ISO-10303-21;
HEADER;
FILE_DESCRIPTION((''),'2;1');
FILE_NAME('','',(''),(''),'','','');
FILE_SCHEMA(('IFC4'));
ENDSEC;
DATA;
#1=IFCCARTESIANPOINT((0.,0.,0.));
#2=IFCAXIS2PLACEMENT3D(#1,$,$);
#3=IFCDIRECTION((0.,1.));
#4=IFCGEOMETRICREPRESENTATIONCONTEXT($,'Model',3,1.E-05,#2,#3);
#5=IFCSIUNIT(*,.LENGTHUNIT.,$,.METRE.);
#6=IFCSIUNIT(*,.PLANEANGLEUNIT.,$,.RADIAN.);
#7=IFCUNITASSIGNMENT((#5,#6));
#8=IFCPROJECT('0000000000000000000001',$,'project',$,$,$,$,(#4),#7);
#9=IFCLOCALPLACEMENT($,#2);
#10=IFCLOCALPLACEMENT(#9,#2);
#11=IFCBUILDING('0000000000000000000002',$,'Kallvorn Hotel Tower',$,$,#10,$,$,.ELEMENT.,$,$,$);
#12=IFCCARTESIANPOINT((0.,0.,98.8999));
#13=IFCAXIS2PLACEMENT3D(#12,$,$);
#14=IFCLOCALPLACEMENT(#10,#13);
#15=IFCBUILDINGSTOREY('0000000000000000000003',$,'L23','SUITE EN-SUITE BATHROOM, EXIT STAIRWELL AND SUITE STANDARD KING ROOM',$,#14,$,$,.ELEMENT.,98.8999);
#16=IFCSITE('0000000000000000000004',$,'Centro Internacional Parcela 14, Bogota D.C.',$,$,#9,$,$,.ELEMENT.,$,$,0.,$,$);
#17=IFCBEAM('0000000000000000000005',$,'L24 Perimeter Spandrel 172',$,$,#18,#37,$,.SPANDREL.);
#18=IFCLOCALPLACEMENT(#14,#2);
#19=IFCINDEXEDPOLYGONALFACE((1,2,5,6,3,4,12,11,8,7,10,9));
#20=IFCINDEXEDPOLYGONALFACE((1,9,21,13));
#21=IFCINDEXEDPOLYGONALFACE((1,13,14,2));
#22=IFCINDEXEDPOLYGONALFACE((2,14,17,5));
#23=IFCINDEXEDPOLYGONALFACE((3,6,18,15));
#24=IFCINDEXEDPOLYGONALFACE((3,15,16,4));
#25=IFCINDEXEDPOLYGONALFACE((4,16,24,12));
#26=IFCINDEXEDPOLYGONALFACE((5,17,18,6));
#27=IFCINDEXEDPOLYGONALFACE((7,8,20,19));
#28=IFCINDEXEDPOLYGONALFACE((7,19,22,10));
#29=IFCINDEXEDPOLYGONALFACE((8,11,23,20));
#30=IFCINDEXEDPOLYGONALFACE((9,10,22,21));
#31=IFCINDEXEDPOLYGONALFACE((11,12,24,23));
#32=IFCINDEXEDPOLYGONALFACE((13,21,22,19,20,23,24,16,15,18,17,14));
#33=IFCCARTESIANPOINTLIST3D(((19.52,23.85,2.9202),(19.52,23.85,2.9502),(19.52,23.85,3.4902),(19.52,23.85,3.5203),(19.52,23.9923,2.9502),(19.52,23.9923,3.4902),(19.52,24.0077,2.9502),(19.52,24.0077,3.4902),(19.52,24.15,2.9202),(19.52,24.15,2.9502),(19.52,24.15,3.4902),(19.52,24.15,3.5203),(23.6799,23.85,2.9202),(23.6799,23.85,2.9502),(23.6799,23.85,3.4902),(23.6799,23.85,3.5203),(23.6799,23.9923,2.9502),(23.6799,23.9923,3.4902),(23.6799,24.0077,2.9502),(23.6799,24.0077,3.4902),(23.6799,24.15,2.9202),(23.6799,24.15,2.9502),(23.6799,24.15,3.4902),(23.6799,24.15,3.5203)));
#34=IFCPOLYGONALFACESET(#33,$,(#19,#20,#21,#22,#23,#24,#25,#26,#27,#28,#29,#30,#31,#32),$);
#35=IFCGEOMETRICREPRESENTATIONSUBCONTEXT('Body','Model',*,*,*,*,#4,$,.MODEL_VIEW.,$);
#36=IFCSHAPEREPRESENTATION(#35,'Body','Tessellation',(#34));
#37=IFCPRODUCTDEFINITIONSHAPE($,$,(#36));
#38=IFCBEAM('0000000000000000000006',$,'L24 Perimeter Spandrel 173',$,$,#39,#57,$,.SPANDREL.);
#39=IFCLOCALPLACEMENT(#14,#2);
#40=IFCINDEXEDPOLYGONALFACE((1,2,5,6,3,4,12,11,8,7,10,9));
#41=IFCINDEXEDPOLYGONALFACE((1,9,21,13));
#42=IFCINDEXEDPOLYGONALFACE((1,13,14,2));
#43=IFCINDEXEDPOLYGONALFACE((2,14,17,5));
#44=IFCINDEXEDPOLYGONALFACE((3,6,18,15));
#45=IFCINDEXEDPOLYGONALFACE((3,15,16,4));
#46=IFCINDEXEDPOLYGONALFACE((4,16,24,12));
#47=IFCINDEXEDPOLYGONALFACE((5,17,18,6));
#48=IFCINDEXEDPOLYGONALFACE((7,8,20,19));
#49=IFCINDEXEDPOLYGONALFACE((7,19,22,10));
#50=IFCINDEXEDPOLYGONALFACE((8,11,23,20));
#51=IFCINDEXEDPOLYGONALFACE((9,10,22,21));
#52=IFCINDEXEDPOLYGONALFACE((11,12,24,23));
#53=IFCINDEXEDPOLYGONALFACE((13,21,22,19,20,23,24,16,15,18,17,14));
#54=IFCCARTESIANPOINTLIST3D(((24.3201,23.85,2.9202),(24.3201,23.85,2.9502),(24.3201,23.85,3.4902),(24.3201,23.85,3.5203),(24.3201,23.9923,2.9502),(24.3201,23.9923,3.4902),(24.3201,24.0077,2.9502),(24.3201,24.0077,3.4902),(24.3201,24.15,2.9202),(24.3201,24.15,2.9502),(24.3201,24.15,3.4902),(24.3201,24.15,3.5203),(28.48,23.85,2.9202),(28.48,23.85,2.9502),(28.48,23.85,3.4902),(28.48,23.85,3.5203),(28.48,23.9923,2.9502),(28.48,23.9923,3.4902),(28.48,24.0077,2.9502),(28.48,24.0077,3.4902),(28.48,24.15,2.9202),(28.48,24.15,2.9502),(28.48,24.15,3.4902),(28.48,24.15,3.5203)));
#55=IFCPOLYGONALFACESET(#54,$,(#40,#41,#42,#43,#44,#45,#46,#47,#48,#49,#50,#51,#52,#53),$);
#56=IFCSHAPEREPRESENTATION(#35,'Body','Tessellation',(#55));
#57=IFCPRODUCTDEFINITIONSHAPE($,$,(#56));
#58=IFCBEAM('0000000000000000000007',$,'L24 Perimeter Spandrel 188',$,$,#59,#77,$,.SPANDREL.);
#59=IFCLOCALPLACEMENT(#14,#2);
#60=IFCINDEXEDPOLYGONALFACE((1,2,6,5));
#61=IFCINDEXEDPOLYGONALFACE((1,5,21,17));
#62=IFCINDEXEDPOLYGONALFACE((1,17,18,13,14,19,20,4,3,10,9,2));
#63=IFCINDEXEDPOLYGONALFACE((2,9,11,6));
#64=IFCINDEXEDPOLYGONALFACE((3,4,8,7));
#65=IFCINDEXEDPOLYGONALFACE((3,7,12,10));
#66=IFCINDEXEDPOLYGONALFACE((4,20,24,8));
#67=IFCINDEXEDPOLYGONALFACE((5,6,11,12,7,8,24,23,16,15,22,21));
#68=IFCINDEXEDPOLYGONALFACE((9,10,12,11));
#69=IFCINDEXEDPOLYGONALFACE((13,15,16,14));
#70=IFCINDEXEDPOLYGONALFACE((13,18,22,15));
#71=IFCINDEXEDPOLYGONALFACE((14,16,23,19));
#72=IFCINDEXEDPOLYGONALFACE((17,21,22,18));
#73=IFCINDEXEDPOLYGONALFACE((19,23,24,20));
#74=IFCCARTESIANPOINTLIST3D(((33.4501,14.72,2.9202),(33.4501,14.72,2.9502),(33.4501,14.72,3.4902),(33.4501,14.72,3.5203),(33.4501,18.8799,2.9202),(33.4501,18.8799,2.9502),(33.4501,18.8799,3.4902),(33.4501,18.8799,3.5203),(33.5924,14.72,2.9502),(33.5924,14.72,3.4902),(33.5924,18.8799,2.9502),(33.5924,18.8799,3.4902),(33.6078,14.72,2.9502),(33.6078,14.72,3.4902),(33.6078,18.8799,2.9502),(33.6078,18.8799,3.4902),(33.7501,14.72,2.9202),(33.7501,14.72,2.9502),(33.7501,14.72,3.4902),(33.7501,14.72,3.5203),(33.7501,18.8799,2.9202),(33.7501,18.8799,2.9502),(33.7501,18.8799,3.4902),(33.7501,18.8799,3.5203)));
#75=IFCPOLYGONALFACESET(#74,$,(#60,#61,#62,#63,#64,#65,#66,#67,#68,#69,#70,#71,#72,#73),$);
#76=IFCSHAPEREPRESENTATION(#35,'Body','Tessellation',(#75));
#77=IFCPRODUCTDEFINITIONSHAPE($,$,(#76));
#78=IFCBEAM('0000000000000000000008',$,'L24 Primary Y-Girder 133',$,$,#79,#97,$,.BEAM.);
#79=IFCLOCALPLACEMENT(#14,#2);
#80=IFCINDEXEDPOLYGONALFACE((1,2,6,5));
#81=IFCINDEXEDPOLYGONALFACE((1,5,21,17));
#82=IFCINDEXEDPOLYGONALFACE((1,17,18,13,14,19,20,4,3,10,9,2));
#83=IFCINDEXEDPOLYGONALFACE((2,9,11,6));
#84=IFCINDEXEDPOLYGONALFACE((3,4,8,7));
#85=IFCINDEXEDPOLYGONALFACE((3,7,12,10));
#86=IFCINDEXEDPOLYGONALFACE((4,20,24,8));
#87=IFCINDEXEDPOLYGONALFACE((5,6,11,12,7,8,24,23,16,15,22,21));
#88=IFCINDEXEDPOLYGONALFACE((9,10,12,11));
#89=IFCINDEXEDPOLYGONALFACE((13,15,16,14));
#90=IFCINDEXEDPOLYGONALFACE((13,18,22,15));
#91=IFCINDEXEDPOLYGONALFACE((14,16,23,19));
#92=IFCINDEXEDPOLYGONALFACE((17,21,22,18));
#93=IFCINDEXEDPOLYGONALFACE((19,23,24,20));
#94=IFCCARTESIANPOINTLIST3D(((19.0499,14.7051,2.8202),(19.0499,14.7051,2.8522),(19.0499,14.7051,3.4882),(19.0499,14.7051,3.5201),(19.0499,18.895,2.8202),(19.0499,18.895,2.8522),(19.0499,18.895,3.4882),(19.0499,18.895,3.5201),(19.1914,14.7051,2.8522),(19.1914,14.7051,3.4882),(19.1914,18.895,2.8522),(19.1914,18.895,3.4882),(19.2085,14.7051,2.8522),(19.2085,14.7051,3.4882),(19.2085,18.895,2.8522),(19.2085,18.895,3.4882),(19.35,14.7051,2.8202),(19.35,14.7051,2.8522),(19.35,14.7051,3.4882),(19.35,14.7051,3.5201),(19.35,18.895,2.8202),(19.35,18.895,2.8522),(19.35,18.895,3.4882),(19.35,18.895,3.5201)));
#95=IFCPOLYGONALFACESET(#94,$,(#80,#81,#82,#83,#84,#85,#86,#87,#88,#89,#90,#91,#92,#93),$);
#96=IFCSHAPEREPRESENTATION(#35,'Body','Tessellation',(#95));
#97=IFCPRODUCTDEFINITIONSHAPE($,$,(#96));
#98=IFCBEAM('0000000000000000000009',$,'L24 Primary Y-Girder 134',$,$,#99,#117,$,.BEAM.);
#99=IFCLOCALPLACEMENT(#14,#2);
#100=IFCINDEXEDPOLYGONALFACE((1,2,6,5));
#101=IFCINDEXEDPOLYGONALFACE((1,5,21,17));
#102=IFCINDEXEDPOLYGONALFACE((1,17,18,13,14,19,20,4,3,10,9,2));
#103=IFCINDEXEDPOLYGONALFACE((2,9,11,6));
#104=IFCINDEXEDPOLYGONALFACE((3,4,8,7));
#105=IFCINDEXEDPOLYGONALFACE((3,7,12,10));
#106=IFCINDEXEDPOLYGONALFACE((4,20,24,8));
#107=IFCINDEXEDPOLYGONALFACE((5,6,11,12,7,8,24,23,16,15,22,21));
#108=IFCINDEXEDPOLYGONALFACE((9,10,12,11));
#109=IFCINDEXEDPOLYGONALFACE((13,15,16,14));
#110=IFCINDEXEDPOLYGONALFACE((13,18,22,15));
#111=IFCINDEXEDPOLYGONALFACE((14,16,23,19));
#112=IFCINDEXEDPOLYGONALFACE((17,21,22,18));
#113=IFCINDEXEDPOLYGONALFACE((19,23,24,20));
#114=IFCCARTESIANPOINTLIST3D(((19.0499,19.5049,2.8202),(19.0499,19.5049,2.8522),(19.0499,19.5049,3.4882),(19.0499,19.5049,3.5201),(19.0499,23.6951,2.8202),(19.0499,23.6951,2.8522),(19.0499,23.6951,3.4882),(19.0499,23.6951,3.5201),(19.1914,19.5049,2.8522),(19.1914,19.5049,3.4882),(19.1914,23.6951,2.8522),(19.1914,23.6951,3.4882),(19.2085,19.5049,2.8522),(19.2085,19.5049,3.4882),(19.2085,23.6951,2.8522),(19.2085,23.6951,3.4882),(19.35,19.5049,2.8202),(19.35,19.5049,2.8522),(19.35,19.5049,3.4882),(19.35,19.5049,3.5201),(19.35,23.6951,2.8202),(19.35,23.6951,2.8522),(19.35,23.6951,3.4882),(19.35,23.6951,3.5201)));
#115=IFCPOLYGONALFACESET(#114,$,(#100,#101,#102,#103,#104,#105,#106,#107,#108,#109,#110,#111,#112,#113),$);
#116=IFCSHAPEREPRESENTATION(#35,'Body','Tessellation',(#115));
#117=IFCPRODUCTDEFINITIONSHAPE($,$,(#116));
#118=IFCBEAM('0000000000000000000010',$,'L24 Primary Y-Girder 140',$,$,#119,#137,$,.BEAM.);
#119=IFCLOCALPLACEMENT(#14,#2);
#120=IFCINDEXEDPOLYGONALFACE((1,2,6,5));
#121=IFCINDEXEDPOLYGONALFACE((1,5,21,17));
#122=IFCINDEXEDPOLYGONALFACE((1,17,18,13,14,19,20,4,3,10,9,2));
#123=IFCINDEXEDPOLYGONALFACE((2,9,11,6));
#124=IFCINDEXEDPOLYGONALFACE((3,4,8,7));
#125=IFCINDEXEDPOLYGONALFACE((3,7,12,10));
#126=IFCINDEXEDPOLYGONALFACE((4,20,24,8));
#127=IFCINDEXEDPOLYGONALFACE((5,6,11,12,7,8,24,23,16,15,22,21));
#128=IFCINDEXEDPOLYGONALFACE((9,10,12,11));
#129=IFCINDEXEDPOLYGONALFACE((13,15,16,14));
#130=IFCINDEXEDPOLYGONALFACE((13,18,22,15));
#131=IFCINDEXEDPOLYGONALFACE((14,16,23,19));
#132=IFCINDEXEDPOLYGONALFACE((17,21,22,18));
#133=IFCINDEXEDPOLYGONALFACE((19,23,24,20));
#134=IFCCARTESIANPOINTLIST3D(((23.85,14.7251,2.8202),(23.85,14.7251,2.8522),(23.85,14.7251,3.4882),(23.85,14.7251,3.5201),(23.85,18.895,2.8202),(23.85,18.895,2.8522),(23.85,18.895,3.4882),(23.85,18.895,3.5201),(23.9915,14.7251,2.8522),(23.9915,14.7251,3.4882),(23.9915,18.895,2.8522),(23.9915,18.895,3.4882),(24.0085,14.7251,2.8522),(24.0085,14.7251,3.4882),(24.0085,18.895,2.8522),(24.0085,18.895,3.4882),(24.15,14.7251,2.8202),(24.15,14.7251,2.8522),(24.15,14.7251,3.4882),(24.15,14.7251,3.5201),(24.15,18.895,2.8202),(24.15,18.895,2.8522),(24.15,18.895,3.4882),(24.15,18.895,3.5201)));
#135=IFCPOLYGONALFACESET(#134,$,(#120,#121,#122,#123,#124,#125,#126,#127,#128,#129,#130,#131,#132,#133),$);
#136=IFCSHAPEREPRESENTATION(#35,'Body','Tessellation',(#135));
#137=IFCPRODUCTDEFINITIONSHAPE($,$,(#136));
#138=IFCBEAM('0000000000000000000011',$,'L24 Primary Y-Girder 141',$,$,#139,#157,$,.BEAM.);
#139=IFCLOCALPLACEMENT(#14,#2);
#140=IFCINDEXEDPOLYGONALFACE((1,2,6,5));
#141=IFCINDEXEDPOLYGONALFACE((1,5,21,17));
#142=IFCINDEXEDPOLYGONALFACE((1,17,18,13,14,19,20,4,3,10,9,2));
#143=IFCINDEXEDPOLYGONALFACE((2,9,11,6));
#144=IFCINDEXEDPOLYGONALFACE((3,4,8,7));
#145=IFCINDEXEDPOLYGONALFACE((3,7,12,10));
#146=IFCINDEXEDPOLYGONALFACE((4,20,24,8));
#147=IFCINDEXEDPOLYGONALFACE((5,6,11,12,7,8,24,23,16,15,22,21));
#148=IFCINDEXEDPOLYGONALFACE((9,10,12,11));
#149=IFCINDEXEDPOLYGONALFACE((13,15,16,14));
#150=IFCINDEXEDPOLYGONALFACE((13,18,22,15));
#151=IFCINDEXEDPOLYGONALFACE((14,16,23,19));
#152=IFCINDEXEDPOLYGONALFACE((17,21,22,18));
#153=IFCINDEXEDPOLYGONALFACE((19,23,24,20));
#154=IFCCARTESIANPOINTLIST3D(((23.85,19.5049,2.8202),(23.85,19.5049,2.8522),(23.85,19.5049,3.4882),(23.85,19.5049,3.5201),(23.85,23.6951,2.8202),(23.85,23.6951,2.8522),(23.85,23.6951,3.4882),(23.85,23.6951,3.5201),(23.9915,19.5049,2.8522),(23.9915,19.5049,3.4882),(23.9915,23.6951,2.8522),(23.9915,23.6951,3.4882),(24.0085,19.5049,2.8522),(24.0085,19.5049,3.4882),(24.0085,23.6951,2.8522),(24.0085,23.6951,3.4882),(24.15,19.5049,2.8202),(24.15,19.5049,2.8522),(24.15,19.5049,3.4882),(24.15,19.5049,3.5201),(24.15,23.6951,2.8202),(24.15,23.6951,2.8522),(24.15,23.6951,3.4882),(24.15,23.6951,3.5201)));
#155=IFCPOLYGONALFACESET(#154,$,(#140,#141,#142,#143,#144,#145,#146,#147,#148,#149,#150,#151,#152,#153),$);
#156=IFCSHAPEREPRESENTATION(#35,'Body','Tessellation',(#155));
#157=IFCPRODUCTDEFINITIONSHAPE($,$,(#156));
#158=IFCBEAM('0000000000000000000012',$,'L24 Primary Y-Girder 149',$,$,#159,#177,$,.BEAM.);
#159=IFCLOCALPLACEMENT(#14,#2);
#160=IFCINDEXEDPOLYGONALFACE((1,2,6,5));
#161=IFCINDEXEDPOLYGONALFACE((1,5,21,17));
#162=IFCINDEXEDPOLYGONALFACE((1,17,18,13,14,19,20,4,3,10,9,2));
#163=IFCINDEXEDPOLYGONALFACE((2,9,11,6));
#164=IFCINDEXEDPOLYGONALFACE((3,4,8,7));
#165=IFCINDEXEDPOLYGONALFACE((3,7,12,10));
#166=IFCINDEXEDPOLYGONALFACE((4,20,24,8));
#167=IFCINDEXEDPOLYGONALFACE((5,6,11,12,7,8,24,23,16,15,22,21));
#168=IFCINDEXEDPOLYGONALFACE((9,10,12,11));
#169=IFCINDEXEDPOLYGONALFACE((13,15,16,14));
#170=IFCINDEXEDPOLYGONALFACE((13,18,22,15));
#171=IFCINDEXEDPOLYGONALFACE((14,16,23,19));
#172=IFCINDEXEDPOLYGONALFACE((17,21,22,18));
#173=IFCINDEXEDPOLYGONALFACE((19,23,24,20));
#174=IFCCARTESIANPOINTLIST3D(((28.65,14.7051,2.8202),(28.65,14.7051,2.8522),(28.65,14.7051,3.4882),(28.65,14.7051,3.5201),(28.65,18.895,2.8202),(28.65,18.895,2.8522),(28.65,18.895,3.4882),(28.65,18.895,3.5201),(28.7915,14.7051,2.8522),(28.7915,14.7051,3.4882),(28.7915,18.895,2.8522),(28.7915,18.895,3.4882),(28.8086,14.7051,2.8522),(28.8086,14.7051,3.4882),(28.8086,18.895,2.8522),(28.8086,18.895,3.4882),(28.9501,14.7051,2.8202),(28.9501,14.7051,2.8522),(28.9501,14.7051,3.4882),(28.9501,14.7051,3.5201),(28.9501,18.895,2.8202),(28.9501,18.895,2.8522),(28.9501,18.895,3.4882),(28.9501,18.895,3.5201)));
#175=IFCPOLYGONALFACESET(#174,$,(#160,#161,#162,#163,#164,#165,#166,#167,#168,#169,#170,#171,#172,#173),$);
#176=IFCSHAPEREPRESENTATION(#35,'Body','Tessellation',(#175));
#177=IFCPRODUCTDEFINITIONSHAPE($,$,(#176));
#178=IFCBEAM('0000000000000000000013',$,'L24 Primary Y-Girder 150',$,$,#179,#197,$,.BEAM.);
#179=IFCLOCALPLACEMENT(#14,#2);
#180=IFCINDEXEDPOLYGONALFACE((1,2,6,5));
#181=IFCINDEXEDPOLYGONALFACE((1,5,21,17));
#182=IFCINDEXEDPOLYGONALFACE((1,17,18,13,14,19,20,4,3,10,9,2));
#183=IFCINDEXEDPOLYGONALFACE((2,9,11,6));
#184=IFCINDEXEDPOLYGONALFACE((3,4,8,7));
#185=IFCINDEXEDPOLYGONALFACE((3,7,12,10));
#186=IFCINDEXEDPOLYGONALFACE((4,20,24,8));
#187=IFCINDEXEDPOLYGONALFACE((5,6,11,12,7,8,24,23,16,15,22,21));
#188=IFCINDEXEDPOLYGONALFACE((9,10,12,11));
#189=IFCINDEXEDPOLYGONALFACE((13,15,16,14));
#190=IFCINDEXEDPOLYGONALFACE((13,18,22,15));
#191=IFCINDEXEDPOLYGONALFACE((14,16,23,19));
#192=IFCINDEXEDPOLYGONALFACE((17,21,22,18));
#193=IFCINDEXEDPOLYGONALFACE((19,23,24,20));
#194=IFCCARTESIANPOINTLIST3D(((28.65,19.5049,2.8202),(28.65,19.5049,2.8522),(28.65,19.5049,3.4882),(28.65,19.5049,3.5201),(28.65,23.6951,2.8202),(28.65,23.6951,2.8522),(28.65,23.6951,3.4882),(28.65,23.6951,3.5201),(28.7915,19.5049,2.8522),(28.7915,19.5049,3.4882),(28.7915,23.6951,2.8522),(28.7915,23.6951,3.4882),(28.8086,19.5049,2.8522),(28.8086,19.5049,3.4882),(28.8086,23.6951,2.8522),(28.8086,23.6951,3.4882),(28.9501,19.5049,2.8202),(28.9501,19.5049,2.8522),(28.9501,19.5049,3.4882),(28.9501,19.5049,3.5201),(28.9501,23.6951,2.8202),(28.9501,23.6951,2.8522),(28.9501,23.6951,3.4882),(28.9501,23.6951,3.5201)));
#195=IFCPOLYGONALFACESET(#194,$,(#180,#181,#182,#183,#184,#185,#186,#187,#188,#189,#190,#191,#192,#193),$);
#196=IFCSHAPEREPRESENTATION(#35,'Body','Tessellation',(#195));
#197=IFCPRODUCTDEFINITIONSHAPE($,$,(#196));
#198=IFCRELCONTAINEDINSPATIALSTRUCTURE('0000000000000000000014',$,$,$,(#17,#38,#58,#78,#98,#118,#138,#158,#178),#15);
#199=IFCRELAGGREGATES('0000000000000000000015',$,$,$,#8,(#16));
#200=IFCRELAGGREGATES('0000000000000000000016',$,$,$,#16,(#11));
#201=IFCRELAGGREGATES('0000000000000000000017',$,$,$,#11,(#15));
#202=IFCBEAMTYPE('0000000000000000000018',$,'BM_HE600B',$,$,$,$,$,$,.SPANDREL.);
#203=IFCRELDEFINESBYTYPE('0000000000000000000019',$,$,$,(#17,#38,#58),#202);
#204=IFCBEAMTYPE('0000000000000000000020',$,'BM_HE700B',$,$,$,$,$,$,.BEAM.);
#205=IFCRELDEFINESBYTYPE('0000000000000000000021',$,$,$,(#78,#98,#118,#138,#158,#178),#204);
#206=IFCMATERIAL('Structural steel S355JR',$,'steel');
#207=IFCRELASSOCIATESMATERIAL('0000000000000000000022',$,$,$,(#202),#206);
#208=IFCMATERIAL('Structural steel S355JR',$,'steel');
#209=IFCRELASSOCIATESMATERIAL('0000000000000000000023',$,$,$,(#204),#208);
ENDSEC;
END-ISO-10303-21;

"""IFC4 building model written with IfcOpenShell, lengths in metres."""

from ifc_helpers import new_model, si_unit, direction, frame, origin, origin_2d, place, context, subcontext, project, spatial, i_section, extrude, material, material_profile, profile_set, type_object, element, save


model = new_model("IFC4")

# Units and contexts
model_context = context("Model", 3, precision=1e-05, world=origin(), true_north=direction((0.0, 1.0)))
body_context = subcontext(model_context, "Body", "Model", "MODEL_VIEW")
ifc_project = project(units=[si_unit("LENGTHUNIT", "METRE"), si_unit("PLANEANGLEUNIT", "RADIAN")], contexts=[model_context])

# Site, building, storey
site_placement = place(None, origin())
site = spatial("IfcSite", under=ifc_project, at=site_placement, Name="Centro Internacional Parcela 14, Bogota D.C.", CompositionType="ELEMENT", RefElevation=0.0)
building_placement = place(site_placement, origin())
building = spatial("IfcBuilding", under=site, at=building_placement, Name="Kallvorn Hotel Tower", CompositionType="ELEMENT")
storey_placement = place(building_placement, frame((0.0, 0.0, 98.8999)))
storey = spatial("IfcBuildingStorey", under=building, at=storey_placement, Name="L23", Description="SUITE EN-SUITE BATHROOM, EXIT STAIRWELL AND SUITE STANDARD KING ROOM", CompositionType="ELEMENT", Elevation=98.8999)

# Beams
ifc_material_1 = material(Name="Structural steel S355JR", Category="steel")
ifc_material_profile_1 = material_profile(ifc_material_1, i_section(OverallWidth=0.3, OverallDepth=0.6001, WebThickness=0.0154, FlangeThickness=0.03, at=origin_2d()), Name="HE 600 B")
ifc_profile_set_1 = profile_set([ifc_material_profile_1], Name="Structural steel S355JR")
beam_type_1 = type_object("IfcBeamType", Name="BM_HE600B", PredefinedType="SPANDREL", material=ifc_profile_set_1)
for number, where, z_axis, x_axis, name in (
    (1, (19.52, 24.0, 3.2202), (1.0, 0.0, 0.0), (0.0, 1.0, 0.0), "L24 Perimeter Spandrel 172"),
    (2, (24.3201, 24.0, 3.2202), (1.0, 0.0, 0.0), (0.0, 1.0, 0.0), "L24 Perimeter Spandrel 173"),
    (3, (33.6001, 14.72, 3.2202), (0.0, 1.0, 0.0), (-1.0, 0.0, 0.0), "L24 Perimeter Spandrel 188"),
):
    element("IfcBeam", number, at=place(storey_placement, frame(where, z_axis=z_axis, x_axis=x_axis)), inside=storey, type_object=beam_type_1, Name=name, PredefinedType="SPANDREL", context=body_context, shape_type="SweptSolid", body=[
        extrude(i_section(OverallWidth=0.3, OverallDepth=0.6001, WebThickness=0.0154, FlangeThickness=0.03, at=origin_2d()), origin(), (0.0, 0.0, 1.0), 4.1599),
    ])
ifc_material_2 = material(Name="Structural steel S355JR", Category="steel")
ifc_material_profile_2 = material_profile(ifc_material_2, i_section(OverallWidth=0.3, OverallDepth=0.7, WebThickness=0.0171, FlangeThickness=0.032, at=origin_2d()), Name="HE 700 B")
ifc_profile_set_2 = profile_set([ifc_material_profile_2], Name="Structural steel S355JR")
beam_type_2 = type_object("IfcBeamType", Name="BM_HE700B", PredefinedType="BEAM", material=ifc_profile_set_2)
beam_1_placement = place(storey_placement, frame((19.2, 14.7051, 3.1702), z_axis=(0.0, 1.0, 0.0), x_axis=(-1.0, 0.0, 0.0)))
element("IfcBeam", 4, at=beam_1_placement, inside=storey, type_object=beam_type_2, Name="L24 Primary Y-Girder 133", PredefinedType="BEAM", context=body_context, shape_type="SweptSolid", body=[
    extrude(i_section(OverallWidth=0.3, OverallDepth=0.7, WebThickness=0.0171, FlangeThickness=0.032, at=origin_2d()), origin(), (0.0, 0.0, 1.0), 4.1899),
])
beam_2_placement = place(storey_placement, frame((19.2, 19.5049, 3.1702), z_axis=(0.0, 1.0, 0.0), x_axis=(-1.0, 0.0, 0.0)))
element("IfcBeam", 5, at=beam_2_placement, inside=storey, type_object=beam_type_2, Name="L24 Primary Y-Girder 134", PredefinedType="BEAM", context=body_context, shape_type="SweptSolid", body=[
    extrude(i_section(OverallWidth=0.3, OverallDepth=0.7, WebThickness=0.0171, FlangeThickness=0.032, at=origin_2d()), origin(), (0.0, 0.0, 1.0), 4.1902),
])
beam_3_placement = place(storey_placement, frame((24.0, 14.7251, 3.1702), z_axis=(0.0, 1.0, 0.0), x_axis=(-1.0, 0.0, 0.0)))
element("IfcBeam", 6, at=beam_3_placement, inside=storey, type_object=beam_type_2, Name="L24 Primary Y-Girder 140", PredefinedType="BEAM", context=body_context, shape_type="SweptSolid", body=[
    extrude(i_section(OverallWidth=0.3, OverallDepth=0.7, WebThickness=0.0171, FlangeThickness=0.032, at=origin_2d()), origin(), (0.0, 0.0, 1.0), 4.1699),
])
beam_4_placement = place(storey_placement, frame((24.0, 19.5049, 3.1702), z_axis=(0.0, 1.0, 0.0), x_axis=(-1.0, 0.0, 0.0)))
element("IfcBeam", 7, at=beam_4_placement, inside=storey, type_object=beam_type_2, Name="L24 Primary Y-Girder 141", PredefinedType="BEAM", context=body_context, shape_type="SweptSolid", body=[
    extrude(i_section(OverallWidth=0.3, OverallDepth=0.7, WebThickness=0.0171, FlangeThickness=0.032, at=origin_2d()), origin(), (0.0, 0.0, 1.0), 4.1902),
])
beam_5_placement = place(storey_placement, frame((28.8, 14.7051, 3.1702), z_axis=(0.0, 1.0, 0.0), x_axis=(-1.0, 0.0, 0.0)))
element("IfcBeam", 8, at=beam_5_placement, inside=storey, type_object=beam_type_2, Name="L24 Primary Y-Girder 149", PredefinedType="BEAM", context=body_context, shape_type="SweptSolid", body=[
    extrude(i_section(OverallWidth=0.3, OverallDepth=0.7, WebThickness=0.0171, FlangeThickness=0.032, at=origin_2d()), origin(), (0.0, 0.0, 1.0), 4.1899),
])
beam_6_placement = place(storey_placement, frame((28.8, 19.5049, 3.1702), z_axis=(0.0, 1.0, 0.0), x_axis=(-1.0, 0.0, 0.0)))
element("IfcBeam", 9, at=beam_6_placement, inside=storey, type_object=beam_type_2, Name="L24 Primary Y-Girder 150", PredefinedType="BEAM", context=body_context, shape_type="SweptSolid", body=[
    extrude(i_section(OverallWidth=0.3, OverallDepth=0.7, WebThickness=0.0171, FlangeThickness=0.032, at=origin_2d()), origin(), (0.0, 0.0, 1.0), 4.1902),
])

save(model, "model.ifc")
